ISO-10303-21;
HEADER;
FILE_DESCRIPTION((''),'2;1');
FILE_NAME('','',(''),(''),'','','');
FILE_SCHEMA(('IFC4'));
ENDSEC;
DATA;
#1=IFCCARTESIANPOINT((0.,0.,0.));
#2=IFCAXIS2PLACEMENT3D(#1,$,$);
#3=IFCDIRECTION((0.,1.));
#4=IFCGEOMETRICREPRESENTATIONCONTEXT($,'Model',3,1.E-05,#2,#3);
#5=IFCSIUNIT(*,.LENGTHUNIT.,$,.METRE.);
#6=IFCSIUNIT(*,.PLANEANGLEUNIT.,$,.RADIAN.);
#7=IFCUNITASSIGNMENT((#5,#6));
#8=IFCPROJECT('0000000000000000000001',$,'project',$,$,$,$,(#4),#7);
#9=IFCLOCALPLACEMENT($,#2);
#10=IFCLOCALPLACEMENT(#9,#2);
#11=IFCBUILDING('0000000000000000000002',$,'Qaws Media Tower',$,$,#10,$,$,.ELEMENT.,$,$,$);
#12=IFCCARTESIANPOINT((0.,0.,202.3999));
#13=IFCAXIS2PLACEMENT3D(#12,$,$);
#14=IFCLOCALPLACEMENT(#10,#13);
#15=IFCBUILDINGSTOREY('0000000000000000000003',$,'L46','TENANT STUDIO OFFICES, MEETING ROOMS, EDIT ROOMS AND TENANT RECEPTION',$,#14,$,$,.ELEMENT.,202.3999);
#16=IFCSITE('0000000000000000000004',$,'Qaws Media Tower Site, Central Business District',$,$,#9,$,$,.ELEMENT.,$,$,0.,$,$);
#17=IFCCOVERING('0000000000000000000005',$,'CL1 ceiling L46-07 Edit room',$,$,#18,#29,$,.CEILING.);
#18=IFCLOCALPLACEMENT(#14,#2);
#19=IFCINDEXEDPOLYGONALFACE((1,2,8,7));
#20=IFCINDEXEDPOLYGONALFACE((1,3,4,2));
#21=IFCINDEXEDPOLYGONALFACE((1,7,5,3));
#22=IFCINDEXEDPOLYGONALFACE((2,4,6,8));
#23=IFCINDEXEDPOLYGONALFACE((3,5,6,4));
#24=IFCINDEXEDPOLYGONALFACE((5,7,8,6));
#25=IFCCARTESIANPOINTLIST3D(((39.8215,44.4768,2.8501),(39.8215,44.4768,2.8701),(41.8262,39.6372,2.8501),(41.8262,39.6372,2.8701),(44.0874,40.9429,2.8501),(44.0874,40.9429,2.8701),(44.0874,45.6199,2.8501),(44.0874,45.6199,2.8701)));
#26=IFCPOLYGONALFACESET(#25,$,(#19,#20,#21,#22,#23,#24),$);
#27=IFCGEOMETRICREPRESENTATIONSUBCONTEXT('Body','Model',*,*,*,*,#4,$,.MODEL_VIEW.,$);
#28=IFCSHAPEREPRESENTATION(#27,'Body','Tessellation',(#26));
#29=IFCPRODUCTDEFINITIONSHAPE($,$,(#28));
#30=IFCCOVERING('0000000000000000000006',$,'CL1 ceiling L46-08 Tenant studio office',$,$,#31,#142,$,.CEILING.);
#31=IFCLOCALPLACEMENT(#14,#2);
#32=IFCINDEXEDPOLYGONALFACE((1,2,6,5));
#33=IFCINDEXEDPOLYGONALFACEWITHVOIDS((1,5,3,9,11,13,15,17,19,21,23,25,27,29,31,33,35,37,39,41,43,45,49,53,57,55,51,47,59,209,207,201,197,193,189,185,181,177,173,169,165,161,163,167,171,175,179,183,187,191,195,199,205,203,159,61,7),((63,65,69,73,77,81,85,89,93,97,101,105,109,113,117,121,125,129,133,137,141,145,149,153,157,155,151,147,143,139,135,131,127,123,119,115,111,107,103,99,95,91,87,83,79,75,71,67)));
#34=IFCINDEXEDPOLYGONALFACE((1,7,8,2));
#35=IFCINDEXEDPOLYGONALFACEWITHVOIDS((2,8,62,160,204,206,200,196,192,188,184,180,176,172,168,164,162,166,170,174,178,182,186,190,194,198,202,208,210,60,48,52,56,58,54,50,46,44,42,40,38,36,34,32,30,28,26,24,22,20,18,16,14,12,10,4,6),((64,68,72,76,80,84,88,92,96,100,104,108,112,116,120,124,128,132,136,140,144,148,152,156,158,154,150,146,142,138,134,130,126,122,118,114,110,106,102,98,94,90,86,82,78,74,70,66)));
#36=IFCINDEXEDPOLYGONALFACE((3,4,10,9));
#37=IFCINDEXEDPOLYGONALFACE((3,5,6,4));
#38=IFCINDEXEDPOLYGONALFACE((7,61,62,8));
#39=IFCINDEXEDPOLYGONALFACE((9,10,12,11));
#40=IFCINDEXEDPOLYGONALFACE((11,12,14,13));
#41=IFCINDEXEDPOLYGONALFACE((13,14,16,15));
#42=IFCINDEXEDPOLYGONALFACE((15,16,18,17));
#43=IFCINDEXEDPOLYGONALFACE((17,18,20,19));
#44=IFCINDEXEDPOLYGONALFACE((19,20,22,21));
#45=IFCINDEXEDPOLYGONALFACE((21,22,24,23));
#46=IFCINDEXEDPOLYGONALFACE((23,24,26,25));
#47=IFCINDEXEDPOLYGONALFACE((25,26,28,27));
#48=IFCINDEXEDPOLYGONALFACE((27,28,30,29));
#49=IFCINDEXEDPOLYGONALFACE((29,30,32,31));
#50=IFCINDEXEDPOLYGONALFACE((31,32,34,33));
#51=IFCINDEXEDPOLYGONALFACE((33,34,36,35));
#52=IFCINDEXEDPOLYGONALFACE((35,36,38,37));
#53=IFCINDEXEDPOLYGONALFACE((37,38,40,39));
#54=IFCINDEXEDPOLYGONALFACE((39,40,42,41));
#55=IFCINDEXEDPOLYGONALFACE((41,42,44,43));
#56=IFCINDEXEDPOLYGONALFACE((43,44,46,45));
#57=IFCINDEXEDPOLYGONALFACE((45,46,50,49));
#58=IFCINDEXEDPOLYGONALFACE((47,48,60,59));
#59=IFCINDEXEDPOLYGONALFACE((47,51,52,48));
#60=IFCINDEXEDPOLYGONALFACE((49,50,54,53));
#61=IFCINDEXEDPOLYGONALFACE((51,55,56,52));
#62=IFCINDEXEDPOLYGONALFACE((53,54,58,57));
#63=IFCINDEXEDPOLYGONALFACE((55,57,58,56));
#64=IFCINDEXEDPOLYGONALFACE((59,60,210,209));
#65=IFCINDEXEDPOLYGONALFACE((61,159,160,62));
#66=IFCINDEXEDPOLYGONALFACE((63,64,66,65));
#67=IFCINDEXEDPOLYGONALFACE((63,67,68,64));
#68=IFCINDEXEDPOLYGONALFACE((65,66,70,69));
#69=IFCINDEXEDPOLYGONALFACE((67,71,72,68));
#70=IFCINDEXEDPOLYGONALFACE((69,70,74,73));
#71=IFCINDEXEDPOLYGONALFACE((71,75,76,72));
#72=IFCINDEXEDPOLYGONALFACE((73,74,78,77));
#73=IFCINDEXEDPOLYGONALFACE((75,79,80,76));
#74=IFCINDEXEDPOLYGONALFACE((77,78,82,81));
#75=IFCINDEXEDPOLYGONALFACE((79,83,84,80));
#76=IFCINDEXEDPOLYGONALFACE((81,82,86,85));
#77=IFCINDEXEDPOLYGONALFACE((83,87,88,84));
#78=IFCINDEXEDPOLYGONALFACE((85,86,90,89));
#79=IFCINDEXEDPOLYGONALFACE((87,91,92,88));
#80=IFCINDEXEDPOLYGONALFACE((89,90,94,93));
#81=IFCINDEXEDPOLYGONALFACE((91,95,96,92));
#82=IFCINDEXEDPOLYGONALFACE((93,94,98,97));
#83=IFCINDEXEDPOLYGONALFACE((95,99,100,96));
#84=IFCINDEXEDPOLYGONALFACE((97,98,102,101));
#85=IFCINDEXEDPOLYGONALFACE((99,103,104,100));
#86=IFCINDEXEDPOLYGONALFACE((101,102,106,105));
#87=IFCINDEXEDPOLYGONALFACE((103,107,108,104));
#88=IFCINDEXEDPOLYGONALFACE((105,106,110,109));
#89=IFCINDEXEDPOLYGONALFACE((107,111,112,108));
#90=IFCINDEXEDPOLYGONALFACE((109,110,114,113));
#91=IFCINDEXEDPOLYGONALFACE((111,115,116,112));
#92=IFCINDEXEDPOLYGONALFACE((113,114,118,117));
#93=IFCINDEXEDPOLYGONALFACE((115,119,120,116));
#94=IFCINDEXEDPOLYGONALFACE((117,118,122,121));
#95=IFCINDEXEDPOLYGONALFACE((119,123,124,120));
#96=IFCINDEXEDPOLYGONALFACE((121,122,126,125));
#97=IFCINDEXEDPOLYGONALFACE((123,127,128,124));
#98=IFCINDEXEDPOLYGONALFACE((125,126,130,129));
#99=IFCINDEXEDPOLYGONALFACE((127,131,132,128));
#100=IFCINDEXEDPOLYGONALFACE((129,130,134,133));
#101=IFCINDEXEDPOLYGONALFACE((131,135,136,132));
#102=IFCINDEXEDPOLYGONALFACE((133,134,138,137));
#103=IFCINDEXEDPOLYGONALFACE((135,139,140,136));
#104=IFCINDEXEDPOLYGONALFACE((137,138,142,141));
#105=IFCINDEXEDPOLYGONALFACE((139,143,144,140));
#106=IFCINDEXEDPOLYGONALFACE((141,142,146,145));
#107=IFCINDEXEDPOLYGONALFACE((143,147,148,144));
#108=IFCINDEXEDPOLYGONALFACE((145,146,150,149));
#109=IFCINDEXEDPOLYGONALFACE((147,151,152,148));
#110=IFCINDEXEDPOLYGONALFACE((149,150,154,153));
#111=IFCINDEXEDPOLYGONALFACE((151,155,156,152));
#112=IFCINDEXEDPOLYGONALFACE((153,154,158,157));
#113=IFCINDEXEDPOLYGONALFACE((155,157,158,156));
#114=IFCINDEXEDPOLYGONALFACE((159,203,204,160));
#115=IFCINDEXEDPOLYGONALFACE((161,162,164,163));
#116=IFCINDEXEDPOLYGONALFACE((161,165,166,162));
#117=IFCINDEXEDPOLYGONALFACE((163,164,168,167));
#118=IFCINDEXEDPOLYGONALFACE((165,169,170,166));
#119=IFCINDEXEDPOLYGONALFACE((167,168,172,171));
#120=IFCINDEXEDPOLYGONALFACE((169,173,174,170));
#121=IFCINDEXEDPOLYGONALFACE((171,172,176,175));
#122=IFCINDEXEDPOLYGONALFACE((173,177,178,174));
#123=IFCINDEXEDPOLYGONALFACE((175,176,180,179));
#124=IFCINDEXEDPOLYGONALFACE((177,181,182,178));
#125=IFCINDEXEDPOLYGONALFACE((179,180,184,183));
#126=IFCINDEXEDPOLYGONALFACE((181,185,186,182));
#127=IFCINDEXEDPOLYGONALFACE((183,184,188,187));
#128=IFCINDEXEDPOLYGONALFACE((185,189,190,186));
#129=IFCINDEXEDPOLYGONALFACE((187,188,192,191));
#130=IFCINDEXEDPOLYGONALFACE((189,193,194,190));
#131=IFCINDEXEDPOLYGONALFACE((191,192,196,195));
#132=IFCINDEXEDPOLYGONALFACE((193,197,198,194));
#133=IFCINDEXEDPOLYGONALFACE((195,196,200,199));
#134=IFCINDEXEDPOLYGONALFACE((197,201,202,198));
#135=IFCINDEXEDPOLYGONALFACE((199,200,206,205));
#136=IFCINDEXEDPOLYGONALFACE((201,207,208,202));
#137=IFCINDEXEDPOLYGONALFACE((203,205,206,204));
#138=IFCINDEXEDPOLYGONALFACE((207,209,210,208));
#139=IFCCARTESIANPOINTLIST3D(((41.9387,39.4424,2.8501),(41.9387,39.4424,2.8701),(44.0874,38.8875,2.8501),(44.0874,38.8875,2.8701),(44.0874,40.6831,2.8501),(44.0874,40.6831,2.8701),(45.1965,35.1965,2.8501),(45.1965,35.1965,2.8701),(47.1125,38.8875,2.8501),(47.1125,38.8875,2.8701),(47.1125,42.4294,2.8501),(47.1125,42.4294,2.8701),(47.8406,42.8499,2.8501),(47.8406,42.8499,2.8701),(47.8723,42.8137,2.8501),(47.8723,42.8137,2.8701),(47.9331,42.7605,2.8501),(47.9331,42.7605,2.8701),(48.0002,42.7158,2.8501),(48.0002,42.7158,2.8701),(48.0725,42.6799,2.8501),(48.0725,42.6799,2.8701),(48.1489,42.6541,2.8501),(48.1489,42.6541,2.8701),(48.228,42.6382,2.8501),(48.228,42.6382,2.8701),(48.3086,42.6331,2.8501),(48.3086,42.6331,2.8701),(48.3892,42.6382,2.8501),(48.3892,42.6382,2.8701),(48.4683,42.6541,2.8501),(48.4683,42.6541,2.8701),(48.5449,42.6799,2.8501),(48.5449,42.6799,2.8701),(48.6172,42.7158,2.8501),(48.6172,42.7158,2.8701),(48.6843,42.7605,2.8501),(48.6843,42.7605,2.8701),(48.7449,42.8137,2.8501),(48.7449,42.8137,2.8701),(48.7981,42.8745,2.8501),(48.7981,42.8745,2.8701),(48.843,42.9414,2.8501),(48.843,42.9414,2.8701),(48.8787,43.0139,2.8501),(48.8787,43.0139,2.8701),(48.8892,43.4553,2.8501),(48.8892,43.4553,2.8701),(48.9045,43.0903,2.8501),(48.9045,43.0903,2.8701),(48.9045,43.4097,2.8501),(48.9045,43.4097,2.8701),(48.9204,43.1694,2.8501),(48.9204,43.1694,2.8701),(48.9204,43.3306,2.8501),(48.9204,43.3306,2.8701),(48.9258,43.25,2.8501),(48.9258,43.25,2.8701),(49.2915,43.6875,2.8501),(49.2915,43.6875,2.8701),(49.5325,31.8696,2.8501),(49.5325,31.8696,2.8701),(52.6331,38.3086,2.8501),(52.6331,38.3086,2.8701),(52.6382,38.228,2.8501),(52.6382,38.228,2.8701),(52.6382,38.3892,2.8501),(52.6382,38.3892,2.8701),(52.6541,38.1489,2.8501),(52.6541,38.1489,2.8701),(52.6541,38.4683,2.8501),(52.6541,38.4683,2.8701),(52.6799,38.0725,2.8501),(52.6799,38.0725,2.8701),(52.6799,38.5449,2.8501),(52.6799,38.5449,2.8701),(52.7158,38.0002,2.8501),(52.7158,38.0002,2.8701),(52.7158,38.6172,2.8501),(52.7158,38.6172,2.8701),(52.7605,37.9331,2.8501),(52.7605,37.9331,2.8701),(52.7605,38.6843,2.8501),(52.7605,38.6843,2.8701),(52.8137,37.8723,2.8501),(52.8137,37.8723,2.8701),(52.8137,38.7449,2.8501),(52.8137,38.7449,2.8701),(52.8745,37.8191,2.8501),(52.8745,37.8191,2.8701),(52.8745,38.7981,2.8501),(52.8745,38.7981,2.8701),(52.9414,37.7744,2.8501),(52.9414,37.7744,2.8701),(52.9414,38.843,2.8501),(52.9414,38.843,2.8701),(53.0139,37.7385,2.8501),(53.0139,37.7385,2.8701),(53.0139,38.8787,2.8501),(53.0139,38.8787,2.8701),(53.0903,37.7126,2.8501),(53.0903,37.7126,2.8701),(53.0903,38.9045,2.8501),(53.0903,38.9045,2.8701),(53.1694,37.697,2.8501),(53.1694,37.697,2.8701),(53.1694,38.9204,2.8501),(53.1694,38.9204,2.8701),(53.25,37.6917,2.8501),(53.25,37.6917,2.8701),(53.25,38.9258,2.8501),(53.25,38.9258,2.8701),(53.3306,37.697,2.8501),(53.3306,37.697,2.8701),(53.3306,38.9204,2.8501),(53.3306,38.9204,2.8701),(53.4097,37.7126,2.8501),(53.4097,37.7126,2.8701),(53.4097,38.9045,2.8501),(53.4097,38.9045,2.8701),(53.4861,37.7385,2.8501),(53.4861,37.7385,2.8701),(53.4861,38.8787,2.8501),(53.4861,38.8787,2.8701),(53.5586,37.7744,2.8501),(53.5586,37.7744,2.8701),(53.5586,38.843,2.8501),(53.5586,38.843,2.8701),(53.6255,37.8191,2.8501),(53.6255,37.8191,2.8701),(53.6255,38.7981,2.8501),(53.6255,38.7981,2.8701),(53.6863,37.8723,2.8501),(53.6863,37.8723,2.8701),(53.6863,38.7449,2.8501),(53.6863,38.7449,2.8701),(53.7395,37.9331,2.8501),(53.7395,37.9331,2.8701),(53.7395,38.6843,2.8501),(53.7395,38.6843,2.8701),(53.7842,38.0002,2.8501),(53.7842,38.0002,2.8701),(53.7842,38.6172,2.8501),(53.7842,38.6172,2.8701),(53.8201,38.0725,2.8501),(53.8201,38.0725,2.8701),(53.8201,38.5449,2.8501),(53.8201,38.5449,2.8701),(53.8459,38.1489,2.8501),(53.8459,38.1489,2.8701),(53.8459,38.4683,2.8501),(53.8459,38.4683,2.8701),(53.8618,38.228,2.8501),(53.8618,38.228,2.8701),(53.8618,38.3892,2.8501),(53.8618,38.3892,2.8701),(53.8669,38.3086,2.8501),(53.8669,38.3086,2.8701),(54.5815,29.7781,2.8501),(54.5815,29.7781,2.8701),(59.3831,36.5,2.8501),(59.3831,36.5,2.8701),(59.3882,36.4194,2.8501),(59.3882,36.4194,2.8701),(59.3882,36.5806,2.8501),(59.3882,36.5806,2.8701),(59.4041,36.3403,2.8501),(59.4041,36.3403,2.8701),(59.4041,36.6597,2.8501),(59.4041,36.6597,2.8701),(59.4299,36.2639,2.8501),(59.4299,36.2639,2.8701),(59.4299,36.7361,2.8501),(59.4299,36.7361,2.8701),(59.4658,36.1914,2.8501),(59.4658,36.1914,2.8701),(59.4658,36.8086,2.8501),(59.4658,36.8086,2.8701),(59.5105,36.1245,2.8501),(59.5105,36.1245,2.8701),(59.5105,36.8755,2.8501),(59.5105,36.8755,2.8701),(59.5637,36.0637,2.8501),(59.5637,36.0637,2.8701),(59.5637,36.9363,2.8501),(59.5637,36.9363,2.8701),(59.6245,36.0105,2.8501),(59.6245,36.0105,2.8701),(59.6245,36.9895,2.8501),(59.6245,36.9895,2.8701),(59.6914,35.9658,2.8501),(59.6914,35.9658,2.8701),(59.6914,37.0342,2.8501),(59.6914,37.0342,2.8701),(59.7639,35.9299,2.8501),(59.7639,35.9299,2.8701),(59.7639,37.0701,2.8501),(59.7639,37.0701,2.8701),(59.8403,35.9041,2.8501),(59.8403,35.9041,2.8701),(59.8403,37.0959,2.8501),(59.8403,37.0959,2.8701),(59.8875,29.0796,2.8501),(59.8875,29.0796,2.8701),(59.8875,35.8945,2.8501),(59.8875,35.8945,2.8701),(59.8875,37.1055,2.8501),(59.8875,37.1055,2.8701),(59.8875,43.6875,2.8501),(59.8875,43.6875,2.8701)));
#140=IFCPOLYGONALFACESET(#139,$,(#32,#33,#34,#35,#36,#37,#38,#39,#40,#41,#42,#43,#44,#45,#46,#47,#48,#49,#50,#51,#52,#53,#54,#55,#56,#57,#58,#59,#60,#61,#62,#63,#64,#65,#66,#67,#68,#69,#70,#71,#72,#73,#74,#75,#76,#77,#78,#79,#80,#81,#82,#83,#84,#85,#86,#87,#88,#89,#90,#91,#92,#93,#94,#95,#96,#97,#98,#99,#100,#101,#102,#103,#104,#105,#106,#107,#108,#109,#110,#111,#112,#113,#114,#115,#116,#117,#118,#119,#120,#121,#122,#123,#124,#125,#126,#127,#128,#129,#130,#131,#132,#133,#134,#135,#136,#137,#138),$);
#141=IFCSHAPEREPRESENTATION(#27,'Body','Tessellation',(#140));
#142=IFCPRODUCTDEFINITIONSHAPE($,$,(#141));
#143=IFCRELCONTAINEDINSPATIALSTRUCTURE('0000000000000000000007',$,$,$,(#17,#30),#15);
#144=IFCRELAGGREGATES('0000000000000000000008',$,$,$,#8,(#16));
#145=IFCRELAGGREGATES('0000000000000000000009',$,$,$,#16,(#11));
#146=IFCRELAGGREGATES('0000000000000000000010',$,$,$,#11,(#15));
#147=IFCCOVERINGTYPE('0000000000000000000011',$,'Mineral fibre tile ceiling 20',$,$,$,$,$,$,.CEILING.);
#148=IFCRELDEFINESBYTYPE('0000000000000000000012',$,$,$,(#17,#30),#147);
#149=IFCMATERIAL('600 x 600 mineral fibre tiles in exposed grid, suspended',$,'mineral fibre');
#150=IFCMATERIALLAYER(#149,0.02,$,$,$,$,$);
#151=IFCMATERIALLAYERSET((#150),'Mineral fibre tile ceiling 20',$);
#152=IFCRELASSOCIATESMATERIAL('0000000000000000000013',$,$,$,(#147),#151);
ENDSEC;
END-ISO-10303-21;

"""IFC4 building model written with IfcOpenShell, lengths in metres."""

from ifc_helpers import new_model, si_unit, direction, frame, origin, place, context, subcontext, project, spatial, polyline, outline, extrude, material, layer, layer_set, type_object, element, save


model = new_model("IFC4")

# Units and contexts
model_context = context("Model", 3, precision=1e-05, world=origin(), true_north=direction((0.0, 1.0)))
body_context = subcontext(model_context, "Body", "Model", "MODEL_VIEW")
ifc_project = project(units=[si_unit("LENGTHUNIT", "METRE"), si_unit("PLANEANGLEUNIT", "RADIAN")], contexts=[model_context])

# Site, building, storey
site_placement = place(None, origin())
site = spatial("IfcSite", under=ifc_project, at=site_placement, Name="Qaws Media Tower Site, Central Business District", CompositionType="ELEMENT", RefElevation=0.0)
building_placement = place(site_placement, origin())
building = spatial("IfcBuilding", under=site, at=building_placement, Name="Qaws Media Tower", CompositionType="ELEMENT")
storey_placement = place(building_placement, frame((0.0, 0.0, 202.3999)))
storey = spatial("IfcBuildingStorey", under=building, at=storey_placement, Name="L46", Description="TENANT STUDIO OFFICES, MEETING ROOMS, EDIT ROOMS AND TENANT RECEPTION", CompositionType="ELEMENT", Elevation=202.3999)

# Coverings
ifc_material_1 = material(Name="600 x 600 mineral fibre tiles in exposed grid, suspended", Category="mineral fibre")
ifc_layer_1 = layer(ifc_material_1, 0.02)
ifc_layer_set_1 = layer_set([ifc_layer_1], Name="Mineral fibre tile ceiling 20")
covering_type_1 = type_object("IfcCoveringType", Name="Mineral fibre tile ceiling 20", PredefinedType="CEILING", material=ifc_layer_set_1)
covering_1_placement = place(storey_placement, frame((0.0, 0.0, 2.8501)))
element("IfcCovering", 1, at=covering_1_placement, inside=storey, type_object=covering_type_1, Name="CL1 ceiling L46-07 Edit room", PredefinedType="CEILING", context=body_context, shape_type="SweptSolid", body=[
    extrude(outline(polyline([(39.8215, 44.4768), (44.0874, 45.6199), (44.0874, 40.9429), (41.8262, 39.6372), (39.8215, 44.4768)])), origin(), (0.0, 0.0, 1.0), 0.02),
])
covering_2_placement = place(storey_placement, frame((0.0, 0.0, 2.8501)))
element("IfcCovering", 2, at=covering_2_placement, inside=storey, type_object=covering_type_1, Name="CL1 ceiling L46-08 Tenant studio office", PredefinedType="CEILING", context=body_context, shape_type="SweptSolid", body=[
    extrude(outline(polyline([(54.5815, 29.7781), (49.5325, 31.8696), (45.1965, 35.1965), (41.9387, 39.4424), (44.0874, 40.6831), (44.0874, 38.8875), (47.1125, 38.8875), (47.1125, 42.4294), (47.8406, 42.8499), (47.8723, 42.8137), (47.9331, 42.7605), (48.0002, 42.7158), (48.0725, 42.6799), (48.1489, 42.6541), (48.228, 42.6382), (48.3086, 42.6331), (48.3892, 42.6382), (48.4683, 42.6541), (48.5449, 42.6799), (48.6172, 42.7158), (48.6843, 42.7605), (48.7449, 42.8137), (48.7981, 42.8745), (48.843, 42.9414), (48.8787, 43.0139), (48.9045, 43.0903), (48.9204, 43.1694), (48.9258, 43.25), (48.9204, 43.3306), (48.9045, 43.4097), (48.8892, 43.4553), (49.2915, 43.6875), (59.8875, 43.6875), (59.8875, 37.1055), (59.8403, 37.0959), (59.7639, 37.0701), (59.6914, 37.0342), (59.6245, 36.9895), (59.5637, 36.9363), (59.5105, 36.8755), (59.4658, 36.8086), (59.4299, 36.7361), (59.4041, 36.6597), (59.3882, 36.5806), (59.3831, 36.5), (59.3882, 36.4194), (59.4041, 36.3403), (59.4299, 36.2639), (59.4658, 36.1914), (59.5105, 36.1245), (59.5637, 36.0637), (59.6245, 36.0105), (59.6914, 35.9658), (59.7639, 35.9299), (59.8403, 35.9041), (59.8875, 35.8945), (59.8875, 29.0796), (54.5815, 29.7781)]), holes=[polyline([(53.8459, 38.1489), (53.8618, 38.228), (53.8669, 38.3086), (53.8618, 38.3892), (53.8459, 38.4683), (53.8201, 38.5449), (53.7842, 38.6172), (53.7395, 38.6843), (53.6863, 38.7449), (53.6255, 38.7981), (53.5586, 38.843), (53.4861, 38.8787), (53.4097, 38.9045), (53.3306, 38.9204), (53.25, 38.9258), (53.1694, 38.9204), (53.0903, 38.9045), (53.0139, 38.8787), (52.9414, 38.843), (52.8745, 38.7981), (52.8137, 38.7449), (52.7605, 38.6843), (52.7158, 38.6172), (52.6799, 38.5449), (52.6541, 38.4683), (52.6382, 38.3892), (52.6331, 38.3086), (52.6382, 38.228), (52.6541, 38.1489), (52.6799, 38.0725), (52.7158, 38.0002), (52.7605, 37.9331), (52.8137, 37.8723), (52.8745, 37.8191), (52.9414, 37.7744), (53.0139, 37.7385), (53.0903, 37.7126), (53.1694, 37.697), (53.25, 37.6917), (53.3306, 37.697), (53.4097, 37.7126), (53.4861, 37.7385), (53.5586, 37.7744), (53.6255, 37.8191), (53.6863, 37.8723), (53.7395, 37.9331), (53.7842, 38.0002), (53.8201, 38.0725), (53.8459, 38.1489)])]), origin(), (0.0, 0.0, 1.0), 0.02),
])

save(model, "model.ifc")
